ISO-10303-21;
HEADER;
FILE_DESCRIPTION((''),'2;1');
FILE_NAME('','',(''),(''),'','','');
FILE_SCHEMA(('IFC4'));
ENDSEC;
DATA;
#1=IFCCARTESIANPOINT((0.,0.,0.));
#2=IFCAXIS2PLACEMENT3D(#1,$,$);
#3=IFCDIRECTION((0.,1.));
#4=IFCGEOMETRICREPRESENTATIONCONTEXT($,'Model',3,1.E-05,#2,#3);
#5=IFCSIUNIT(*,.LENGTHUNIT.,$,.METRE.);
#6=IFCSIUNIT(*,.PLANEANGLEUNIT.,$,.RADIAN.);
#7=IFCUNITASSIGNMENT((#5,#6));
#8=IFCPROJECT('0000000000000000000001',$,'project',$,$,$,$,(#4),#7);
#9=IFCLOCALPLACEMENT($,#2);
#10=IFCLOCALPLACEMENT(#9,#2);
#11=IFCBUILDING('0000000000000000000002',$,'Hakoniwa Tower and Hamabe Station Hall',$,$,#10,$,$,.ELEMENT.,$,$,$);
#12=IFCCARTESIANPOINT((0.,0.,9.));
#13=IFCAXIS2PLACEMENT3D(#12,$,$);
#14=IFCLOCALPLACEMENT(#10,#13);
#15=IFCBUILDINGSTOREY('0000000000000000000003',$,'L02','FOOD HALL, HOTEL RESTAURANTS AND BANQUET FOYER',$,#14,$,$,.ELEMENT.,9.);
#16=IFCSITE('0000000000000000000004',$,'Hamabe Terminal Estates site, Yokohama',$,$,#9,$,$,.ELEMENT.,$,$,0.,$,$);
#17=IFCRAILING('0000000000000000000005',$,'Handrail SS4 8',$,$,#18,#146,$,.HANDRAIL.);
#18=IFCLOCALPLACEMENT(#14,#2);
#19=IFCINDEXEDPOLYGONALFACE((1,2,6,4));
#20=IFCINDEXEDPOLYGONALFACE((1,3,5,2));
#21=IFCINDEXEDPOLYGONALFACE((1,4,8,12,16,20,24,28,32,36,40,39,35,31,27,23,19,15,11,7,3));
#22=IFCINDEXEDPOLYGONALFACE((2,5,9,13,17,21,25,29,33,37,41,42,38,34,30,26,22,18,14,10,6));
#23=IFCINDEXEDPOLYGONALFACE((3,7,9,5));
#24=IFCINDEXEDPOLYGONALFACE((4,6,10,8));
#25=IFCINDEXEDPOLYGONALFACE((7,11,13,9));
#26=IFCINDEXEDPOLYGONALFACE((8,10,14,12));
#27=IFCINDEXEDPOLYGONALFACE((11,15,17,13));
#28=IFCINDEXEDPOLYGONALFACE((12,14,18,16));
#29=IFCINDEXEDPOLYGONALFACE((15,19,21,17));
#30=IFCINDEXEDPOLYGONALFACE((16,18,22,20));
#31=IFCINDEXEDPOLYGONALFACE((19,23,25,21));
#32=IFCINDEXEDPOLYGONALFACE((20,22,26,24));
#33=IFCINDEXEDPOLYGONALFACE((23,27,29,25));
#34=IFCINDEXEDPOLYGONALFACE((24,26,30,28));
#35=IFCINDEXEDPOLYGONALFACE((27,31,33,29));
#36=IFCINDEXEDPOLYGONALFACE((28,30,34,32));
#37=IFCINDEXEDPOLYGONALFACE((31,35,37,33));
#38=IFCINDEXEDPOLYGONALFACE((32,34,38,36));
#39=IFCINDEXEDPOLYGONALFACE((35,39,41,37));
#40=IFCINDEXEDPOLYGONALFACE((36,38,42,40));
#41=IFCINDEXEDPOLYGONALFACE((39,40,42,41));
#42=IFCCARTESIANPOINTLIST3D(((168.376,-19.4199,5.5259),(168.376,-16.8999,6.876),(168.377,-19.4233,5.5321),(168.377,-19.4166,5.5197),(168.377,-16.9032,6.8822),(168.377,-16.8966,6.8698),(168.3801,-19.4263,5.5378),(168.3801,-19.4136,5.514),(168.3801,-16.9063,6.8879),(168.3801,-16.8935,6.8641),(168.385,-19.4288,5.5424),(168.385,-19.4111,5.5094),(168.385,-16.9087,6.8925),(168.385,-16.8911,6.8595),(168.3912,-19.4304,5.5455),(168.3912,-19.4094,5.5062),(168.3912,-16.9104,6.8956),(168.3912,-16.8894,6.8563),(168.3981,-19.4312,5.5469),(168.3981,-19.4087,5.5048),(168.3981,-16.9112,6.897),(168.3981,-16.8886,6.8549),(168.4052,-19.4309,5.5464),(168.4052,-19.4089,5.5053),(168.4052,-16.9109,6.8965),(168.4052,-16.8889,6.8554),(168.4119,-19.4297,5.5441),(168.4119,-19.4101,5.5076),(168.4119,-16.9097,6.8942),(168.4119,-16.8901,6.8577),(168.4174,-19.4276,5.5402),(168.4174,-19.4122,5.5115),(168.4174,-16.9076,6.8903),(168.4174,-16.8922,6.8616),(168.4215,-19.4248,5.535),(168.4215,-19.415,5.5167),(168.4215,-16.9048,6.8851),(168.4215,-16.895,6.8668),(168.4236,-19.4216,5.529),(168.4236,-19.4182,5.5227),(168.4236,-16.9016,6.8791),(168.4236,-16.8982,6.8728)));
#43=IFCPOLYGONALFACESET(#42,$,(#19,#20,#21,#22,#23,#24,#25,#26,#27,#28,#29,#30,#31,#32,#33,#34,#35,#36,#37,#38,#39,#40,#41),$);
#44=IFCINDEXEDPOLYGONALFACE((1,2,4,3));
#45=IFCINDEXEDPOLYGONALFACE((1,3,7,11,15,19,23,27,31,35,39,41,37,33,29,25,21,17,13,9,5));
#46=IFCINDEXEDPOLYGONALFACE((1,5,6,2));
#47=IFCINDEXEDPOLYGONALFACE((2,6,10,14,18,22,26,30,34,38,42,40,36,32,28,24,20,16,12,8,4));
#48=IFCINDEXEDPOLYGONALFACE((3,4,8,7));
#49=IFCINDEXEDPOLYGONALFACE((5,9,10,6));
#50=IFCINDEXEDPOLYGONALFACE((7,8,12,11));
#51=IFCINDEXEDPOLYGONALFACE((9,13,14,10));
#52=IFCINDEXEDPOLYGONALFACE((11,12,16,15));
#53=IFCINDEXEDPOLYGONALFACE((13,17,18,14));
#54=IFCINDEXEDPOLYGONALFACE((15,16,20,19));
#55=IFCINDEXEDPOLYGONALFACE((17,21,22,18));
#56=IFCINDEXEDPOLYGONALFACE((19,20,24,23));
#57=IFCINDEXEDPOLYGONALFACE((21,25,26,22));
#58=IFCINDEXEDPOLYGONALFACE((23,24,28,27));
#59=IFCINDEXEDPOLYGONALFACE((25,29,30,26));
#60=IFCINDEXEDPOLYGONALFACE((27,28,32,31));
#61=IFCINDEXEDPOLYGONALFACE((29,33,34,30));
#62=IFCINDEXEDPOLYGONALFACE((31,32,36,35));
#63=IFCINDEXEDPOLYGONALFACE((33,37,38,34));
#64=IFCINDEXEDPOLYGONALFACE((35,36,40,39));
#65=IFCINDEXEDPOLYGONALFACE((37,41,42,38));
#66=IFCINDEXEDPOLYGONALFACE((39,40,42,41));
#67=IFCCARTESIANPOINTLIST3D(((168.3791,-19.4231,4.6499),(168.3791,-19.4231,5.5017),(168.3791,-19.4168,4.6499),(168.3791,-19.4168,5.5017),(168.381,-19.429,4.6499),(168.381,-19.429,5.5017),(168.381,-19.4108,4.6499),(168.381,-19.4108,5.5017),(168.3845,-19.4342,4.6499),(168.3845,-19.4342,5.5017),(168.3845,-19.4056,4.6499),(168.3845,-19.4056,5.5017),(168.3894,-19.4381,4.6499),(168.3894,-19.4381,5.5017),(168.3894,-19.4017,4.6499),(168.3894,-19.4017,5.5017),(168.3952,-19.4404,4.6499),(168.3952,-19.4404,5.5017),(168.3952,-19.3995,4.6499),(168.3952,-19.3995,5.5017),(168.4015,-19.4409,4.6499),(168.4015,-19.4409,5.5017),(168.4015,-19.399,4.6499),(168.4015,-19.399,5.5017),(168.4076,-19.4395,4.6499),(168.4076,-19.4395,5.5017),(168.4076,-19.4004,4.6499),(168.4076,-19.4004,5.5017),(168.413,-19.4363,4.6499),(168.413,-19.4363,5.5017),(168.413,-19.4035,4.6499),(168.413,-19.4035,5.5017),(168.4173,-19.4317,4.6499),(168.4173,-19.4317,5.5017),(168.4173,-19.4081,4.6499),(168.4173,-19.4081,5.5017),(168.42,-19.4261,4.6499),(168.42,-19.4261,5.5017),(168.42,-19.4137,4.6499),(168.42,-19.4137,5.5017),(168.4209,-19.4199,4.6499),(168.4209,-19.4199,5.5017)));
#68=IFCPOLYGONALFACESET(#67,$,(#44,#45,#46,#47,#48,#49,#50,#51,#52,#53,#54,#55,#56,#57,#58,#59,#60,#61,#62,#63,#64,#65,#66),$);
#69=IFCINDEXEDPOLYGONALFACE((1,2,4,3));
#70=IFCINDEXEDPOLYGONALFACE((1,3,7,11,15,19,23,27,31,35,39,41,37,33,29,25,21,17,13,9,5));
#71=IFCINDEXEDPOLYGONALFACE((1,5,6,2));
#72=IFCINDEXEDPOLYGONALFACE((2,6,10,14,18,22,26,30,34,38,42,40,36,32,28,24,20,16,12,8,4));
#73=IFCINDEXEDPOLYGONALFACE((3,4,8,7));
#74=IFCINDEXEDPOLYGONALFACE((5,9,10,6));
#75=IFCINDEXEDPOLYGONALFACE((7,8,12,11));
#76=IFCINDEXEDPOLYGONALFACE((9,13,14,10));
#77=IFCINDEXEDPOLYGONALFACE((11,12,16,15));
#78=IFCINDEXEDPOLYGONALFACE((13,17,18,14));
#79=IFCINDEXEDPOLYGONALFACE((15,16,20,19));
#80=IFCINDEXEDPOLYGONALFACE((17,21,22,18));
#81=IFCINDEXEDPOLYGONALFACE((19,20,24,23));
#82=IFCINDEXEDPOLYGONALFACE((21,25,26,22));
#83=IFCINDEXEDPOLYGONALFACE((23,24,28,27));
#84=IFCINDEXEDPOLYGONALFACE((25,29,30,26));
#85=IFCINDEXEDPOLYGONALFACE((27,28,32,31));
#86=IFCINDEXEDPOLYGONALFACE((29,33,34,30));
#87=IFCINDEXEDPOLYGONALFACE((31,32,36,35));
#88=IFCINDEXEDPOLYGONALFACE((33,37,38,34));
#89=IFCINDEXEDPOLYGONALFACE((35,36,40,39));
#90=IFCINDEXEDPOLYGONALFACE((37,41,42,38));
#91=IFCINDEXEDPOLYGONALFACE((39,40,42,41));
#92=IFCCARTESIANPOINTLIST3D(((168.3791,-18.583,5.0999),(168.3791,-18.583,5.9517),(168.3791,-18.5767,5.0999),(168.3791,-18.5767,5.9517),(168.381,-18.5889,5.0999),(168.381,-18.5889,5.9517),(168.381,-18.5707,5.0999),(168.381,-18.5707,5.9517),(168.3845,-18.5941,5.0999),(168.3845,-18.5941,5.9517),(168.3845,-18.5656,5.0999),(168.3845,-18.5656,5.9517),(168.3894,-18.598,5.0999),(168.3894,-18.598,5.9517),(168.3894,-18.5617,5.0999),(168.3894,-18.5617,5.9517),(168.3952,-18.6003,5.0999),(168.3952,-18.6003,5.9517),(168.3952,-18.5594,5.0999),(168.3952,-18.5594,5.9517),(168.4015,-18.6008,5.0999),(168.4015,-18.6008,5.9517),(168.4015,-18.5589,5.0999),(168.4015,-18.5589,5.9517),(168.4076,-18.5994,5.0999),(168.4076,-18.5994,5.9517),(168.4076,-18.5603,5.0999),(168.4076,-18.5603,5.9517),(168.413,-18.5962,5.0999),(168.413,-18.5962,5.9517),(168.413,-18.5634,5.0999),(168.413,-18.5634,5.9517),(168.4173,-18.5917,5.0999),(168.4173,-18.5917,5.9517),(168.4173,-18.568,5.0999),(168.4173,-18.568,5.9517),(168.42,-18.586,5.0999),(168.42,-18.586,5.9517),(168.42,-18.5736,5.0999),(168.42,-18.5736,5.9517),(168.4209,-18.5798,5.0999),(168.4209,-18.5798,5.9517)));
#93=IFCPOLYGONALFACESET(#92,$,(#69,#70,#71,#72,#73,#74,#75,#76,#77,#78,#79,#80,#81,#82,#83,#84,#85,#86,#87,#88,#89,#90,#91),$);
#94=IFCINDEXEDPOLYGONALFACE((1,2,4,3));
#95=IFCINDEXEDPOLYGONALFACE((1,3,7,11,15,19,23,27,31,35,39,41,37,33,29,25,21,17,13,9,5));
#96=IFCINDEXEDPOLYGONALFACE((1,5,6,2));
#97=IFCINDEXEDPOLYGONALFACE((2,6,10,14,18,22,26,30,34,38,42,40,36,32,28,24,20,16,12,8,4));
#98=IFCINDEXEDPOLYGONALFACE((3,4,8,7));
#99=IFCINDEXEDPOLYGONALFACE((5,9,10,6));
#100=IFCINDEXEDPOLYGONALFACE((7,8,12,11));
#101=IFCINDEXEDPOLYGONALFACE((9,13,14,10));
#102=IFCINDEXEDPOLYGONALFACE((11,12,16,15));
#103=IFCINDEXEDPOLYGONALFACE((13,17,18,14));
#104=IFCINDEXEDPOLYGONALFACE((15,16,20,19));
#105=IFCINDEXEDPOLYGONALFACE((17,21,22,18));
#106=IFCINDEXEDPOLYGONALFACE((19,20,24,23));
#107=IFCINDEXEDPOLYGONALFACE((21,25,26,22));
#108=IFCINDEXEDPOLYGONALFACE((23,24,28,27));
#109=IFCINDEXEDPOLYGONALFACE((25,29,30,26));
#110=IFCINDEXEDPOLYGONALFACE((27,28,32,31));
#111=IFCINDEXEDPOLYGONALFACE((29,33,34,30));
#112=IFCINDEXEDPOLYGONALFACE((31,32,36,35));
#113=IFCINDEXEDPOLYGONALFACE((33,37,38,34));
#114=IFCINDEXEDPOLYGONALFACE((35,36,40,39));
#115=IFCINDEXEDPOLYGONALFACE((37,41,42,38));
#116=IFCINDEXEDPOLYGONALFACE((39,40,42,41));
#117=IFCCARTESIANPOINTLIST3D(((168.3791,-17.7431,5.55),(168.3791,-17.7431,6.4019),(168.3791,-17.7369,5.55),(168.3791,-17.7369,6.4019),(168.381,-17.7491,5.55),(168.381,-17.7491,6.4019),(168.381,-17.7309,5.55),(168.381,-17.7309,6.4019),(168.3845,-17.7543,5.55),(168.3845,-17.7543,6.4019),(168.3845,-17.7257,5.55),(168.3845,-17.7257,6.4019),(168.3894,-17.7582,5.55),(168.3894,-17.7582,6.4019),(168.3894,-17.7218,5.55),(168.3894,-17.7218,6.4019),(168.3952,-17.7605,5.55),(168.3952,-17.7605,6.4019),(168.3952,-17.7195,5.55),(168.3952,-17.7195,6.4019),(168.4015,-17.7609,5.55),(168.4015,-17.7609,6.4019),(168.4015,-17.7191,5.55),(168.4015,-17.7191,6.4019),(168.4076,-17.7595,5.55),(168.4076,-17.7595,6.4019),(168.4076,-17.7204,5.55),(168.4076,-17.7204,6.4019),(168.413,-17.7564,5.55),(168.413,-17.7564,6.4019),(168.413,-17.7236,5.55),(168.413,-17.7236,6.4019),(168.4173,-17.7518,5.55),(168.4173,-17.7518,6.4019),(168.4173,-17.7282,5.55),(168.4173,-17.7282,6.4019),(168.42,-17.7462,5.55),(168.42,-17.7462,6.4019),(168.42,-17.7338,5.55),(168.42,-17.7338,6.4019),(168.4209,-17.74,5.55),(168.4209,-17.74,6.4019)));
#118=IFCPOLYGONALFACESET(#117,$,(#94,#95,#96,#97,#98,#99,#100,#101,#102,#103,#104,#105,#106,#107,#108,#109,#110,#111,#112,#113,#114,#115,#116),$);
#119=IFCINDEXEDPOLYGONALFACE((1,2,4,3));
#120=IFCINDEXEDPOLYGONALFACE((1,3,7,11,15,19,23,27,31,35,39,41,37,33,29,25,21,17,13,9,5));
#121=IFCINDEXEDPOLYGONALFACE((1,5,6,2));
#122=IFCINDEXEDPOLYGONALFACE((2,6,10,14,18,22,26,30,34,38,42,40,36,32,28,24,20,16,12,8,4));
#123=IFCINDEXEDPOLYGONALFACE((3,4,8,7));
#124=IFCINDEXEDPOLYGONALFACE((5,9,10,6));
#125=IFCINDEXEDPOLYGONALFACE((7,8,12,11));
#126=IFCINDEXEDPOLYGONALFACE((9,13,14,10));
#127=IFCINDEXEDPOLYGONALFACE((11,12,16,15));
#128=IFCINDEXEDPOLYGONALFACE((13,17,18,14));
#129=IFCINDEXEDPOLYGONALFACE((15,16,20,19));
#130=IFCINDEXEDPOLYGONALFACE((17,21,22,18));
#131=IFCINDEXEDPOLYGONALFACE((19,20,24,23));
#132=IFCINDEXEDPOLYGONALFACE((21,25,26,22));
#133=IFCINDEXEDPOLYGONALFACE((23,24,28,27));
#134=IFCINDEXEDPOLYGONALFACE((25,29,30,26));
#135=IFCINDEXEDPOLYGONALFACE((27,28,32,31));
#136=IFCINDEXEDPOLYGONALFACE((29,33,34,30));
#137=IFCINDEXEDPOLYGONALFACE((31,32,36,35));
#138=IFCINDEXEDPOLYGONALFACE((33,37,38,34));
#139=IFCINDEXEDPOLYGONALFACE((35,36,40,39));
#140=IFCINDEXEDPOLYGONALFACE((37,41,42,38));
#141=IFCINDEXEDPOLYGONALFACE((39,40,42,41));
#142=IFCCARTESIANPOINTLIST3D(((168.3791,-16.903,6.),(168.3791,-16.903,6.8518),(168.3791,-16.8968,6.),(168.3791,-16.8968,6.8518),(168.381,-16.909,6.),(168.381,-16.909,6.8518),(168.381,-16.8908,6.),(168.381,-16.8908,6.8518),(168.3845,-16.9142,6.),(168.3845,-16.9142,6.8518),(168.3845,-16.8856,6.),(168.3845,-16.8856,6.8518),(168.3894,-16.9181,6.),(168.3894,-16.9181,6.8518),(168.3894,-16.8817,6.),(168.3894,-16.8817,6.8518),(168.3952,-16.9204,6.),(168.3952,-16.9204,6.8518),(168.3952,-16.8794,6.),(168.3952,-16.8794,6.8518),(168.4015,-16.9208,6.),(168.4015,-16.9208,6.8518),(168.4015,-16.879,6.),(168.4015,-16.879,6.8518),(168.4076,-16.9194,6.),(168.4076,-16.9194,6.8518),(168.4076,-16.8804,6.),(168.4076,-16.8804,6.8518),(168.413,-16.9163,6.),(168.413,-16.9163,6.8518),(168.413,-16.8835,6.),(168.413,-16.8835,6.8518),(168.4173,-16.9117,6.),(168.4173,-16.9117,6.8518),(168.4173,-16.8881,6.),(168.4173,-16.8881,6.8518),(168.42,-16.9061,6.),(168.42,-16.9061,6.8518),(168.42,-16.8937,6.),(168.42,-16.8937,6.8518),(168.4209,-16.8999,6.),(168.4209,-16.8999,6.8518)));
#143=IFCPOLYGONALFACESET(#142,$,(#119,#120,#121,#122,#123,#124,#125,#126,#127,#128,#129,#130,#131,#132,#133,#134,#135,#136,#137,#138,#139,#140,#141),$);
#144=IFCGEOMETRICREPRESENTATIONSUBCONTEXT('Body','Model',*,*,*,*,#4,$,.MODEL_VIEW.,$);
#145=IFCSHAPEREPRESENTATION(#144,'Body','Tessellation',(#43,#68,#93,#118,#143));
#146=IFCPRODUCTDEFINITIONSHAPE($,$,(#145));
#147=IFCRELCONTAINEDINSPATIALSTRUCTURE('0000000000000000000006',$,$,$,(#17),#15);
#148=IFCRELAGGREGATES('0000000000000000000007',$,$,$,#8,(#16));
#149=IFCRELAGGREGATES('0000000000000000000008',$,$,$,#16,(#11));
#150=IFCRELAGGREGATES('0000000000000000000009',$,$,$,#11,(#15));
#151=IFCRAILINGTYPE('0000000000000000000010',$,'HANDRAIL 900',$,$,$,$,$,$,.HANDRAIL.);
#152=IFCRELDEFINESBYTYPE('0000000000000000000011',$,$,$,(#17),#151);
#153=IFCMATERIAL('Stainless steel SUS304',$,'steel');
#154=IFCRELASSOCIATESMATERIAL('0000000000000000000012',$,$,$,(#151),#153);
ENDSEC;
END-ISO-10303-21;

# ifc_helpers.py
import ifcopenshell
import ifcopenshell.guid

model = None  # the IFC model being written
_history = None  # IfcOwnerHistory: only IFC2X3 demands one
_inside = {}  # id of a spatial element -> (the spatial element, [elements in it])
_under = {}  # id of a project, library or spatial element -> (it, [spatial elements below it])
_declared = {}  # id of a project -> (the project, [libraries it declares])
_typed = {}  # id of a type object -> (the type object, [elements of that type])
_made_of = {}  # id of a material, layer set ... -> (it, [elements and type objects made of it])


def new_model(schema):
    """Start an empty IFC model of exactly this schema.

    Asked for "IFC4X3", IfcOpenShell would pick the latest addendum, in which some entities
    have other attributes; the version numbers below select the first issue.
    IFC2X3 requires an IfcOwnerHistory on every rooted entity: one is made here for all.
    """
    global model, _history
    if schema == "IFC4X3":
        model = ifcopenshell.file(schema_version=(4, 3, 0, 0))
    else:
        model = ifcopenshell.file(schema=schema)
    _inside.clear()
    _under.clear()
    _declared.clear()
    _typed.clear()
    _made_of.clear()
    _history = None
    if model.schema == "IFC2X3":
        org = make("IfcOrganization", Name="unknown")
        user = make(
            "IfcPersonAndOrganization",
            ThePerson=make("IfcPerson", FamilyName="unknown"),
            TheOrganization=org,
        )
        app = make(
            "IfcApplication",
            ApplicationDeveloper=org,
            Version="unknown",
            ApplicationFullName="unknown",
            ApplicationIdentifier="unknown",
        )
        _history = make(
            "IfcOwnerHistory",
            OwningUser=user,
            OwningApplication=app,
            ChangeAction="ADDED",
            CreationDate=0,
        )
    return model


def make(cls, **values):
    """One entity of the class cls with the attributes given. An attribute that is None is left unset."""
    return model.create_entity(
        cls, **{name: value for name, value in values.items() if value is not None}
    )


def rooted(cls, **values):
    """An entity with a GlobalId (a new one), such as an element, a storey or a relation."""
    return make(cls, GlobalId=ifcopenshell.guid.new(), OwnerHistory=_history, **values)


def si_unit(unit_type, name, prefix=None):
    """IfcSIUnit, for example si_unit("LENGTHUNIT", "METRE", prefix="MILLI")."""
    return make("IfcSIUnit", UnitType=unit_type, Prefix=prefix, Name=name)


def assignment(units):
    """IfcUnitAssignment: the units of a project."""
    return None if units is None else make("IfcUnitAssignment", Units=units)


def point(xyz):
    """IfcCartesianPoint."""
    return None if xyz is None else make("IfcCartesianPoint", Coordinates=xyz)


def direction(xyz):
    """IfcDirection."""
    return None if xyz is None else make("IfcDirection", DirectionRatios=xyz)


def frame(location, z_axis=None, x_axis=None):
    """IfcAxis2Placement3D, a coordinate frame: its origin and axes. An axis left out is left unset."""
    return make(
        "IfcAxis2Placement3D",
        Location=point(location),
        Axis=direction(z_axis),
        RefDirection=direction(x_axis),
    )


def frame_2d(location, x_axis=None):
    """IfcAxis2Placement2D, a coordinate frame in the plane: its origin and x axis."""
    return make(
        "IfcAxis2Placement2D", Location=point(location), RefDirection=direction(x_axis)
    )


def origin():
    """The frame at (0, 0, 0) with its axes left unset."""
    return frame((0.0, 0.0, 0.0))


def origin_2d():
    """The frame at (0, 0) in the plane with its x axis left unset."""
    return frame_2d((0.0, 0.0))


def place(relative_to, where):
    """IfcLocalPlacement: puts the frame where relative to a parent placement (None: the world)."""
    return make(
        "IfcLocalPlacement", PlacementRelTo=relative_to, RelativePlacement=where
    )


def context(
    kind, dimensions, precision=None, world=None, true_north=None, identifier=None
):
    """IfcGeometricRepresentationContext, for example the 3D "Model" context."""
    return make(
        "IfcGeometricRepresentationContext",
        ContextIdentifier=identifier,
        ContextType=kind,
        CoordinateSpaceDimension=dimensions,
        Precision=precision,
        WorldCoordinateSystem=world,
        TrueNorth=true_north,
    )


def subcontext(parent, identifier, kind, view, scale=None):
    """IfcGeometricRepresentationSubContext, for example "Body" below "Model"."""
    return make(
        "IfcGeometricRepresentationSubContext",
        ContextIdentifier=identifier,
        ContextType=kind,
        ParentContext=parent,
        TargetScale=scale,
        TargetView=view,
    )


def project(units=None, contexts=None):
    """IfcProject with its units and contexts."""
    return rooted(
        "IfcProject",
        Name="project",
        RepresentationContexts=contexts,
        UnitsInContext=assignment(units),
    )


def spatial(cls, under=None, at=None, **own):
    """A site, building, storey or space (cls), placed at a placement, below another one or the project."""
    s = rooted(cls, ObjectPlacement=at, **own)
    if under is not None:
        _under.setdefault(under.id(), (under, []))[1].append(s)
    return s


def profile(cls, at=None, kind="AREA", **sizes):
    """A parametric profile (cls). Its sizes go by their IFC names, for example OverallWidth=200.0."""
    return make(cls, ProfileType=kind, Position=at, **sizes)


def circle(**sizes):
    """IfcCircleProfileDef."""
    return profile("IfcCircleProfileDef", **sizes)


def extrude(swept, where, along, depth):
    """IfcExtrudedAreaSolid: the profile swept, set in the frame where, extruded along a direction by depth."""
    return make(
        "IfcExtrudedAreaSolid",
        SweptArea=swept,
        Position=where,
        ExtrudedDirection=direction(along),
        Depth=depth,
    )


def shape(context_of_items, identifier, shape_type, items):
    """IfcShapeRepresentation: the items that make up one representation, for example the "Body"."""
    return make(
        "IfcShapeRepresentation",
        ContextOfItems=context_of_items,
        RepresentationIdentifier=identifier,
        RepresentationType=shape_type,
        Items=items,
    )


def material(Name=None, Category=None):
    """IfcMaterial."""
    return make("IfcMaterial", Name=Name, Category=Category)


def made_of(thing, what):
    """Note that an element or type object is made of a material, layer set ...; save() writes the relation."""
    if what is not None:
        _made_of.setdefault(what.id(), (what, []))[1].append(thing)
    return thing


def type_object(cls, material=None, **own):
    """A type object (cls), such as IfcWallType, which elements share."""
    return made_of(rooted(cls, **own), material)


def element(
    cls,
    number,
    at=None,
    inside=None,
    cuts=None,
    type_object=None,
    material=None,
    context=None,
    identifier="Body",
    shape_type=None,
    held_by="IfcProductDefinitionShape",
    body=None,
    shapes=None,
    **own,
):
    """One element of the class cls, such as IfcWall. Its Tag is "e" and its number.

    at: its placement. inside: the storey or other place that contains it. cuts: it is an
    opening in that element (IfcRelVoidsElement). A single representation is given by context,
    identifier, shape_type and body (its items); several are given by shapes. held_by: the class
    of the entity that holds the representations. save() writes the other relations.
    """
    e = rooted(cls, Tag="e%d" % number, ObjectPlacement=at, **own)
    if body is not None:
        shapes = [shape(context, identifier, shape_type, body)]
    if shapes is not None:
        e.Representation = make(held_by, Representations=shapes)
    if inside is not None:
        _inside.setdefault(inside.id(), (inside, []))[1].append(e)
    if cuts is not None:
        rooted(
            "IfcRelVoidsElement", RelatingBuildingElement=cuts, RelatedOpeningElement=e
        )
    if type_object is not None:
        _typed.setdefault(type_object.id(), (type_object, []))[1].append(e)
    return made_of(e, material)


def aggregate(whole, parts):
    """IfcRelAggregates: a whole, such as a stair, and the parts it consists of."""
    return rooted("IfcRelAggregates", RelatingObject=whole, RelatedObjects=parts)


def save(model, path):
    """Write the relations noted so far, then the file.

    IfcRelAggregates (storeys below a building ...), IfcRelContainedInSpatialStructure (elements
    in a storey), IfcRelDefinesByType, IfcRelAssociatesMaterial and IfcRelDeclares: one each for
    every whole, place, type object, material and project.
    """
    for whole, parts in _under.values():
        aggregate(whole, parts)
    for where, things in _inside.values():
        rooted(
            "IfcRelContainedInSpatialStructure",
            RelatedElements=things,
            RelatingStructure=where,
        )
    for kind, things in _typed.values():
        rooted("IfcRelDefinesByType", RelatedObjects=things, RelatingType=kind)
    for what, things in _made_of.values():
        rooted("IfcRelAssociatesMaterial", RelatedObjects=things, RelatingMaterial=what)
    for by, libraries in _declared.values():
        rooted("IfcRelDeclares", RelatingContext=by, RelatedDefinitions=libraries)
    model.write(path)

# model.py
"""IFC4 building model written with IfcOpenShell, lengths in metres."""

from ifc_helpers import new_model, si_unit, direction, frame, origin, origin_2d, place, context, subcontext, project, spatial, circle, extrude, material, type_object, element, save


model = new_model("IFC4")

# Units and contexts
model_context = context("Model", 3, precision=1e-05, world=origin(), true_north=direction((0.0, 1.0)))
body_context = subcontext(model_context, "Body", "Model", "MODEL_VIEW")
ifc_project = project(units=[si_unit("LENGTHUNIT", "METRE"), si_unit("PLANEANGLEUNIT", "RADIAN")], contexts=[model_context])

# Site, building, storey
site_placement = place(None, origin())
site = spatial("IfcSite", under=ifc_project, at=site_placement, Name="Hamabe Terminal Estates site, Yokohama", CompositionType="ELEMENT", RefElevation=0.0)
building_placement = place(site_placement, origin())
building = spatial("IfcBuilding", under=site, at=building_placement, Name="Hakoniwa Tower and Hamabe Station Hall", CompositionType="ELEMENT")
storey_placement = place(building_placement, frame((0.0, 0.0, 9.0)))
storey = spatial("IfcBuildingStorey", under=building, at=storey_placement, Name="L02", Description="FOOD HALL, HOTEL RESTAURANTS AND BANQUET FOYER", CompositionType="ELEMENT", Elevation=9.0)

# Railing
ifc_material_1 = material(Name="Stainless steel SUS304", Category="steel")
railing_type = type_object("IfcRailingType", Name="HANDRAIL 900", PredefinedType="HANDRAIL", material=ifc_material_1)
for number, where, name in (
    (1, (168.3999, -19.4199, 4.6499), "Handrail SS4 8"),
):
    element("IfcRailing", number, at=place(storey_placement, frame(where)), inside=storey, type_object=railing_type, Name=name, PredefinedType="HANDRAIL", context=body_context, shape_type="SweptSolid", body=[
        extrude(circle(Radius=0.0239, at=origin_2d()), frame((0.0, 0.0, 0.876), z_axis=(0.0, 0.881467, 0.472245), x_axis=(-1.0, 0.0, 0.0)), (0.0, 0.0, 1.0), 2.8589),
        extrude(circle(Radius=0.021, at=origin_2d()), origin(), (0.0, 0.0, 1.0), 0.8518),
        extrude(circle(Radius=0.021, at=origin_2d()), frame((0.0, 0.8401, 0.45)), (0.0, 0.0, 1.0), 0.8518),
        extrude(circle(Radius=0.021, at=origin_2d()), frame((0.0, 1.6799, 0.9001)), (0.0, 0.0, 1.0), 0.8518),
        extrude(circle(Radius=0.021, at=origin_2d()), frame((0.0, 2.52, 1.3501)), (0.0, 0.0, 1.0), 0.8518),
    ])

save(model, "model.ifc")
